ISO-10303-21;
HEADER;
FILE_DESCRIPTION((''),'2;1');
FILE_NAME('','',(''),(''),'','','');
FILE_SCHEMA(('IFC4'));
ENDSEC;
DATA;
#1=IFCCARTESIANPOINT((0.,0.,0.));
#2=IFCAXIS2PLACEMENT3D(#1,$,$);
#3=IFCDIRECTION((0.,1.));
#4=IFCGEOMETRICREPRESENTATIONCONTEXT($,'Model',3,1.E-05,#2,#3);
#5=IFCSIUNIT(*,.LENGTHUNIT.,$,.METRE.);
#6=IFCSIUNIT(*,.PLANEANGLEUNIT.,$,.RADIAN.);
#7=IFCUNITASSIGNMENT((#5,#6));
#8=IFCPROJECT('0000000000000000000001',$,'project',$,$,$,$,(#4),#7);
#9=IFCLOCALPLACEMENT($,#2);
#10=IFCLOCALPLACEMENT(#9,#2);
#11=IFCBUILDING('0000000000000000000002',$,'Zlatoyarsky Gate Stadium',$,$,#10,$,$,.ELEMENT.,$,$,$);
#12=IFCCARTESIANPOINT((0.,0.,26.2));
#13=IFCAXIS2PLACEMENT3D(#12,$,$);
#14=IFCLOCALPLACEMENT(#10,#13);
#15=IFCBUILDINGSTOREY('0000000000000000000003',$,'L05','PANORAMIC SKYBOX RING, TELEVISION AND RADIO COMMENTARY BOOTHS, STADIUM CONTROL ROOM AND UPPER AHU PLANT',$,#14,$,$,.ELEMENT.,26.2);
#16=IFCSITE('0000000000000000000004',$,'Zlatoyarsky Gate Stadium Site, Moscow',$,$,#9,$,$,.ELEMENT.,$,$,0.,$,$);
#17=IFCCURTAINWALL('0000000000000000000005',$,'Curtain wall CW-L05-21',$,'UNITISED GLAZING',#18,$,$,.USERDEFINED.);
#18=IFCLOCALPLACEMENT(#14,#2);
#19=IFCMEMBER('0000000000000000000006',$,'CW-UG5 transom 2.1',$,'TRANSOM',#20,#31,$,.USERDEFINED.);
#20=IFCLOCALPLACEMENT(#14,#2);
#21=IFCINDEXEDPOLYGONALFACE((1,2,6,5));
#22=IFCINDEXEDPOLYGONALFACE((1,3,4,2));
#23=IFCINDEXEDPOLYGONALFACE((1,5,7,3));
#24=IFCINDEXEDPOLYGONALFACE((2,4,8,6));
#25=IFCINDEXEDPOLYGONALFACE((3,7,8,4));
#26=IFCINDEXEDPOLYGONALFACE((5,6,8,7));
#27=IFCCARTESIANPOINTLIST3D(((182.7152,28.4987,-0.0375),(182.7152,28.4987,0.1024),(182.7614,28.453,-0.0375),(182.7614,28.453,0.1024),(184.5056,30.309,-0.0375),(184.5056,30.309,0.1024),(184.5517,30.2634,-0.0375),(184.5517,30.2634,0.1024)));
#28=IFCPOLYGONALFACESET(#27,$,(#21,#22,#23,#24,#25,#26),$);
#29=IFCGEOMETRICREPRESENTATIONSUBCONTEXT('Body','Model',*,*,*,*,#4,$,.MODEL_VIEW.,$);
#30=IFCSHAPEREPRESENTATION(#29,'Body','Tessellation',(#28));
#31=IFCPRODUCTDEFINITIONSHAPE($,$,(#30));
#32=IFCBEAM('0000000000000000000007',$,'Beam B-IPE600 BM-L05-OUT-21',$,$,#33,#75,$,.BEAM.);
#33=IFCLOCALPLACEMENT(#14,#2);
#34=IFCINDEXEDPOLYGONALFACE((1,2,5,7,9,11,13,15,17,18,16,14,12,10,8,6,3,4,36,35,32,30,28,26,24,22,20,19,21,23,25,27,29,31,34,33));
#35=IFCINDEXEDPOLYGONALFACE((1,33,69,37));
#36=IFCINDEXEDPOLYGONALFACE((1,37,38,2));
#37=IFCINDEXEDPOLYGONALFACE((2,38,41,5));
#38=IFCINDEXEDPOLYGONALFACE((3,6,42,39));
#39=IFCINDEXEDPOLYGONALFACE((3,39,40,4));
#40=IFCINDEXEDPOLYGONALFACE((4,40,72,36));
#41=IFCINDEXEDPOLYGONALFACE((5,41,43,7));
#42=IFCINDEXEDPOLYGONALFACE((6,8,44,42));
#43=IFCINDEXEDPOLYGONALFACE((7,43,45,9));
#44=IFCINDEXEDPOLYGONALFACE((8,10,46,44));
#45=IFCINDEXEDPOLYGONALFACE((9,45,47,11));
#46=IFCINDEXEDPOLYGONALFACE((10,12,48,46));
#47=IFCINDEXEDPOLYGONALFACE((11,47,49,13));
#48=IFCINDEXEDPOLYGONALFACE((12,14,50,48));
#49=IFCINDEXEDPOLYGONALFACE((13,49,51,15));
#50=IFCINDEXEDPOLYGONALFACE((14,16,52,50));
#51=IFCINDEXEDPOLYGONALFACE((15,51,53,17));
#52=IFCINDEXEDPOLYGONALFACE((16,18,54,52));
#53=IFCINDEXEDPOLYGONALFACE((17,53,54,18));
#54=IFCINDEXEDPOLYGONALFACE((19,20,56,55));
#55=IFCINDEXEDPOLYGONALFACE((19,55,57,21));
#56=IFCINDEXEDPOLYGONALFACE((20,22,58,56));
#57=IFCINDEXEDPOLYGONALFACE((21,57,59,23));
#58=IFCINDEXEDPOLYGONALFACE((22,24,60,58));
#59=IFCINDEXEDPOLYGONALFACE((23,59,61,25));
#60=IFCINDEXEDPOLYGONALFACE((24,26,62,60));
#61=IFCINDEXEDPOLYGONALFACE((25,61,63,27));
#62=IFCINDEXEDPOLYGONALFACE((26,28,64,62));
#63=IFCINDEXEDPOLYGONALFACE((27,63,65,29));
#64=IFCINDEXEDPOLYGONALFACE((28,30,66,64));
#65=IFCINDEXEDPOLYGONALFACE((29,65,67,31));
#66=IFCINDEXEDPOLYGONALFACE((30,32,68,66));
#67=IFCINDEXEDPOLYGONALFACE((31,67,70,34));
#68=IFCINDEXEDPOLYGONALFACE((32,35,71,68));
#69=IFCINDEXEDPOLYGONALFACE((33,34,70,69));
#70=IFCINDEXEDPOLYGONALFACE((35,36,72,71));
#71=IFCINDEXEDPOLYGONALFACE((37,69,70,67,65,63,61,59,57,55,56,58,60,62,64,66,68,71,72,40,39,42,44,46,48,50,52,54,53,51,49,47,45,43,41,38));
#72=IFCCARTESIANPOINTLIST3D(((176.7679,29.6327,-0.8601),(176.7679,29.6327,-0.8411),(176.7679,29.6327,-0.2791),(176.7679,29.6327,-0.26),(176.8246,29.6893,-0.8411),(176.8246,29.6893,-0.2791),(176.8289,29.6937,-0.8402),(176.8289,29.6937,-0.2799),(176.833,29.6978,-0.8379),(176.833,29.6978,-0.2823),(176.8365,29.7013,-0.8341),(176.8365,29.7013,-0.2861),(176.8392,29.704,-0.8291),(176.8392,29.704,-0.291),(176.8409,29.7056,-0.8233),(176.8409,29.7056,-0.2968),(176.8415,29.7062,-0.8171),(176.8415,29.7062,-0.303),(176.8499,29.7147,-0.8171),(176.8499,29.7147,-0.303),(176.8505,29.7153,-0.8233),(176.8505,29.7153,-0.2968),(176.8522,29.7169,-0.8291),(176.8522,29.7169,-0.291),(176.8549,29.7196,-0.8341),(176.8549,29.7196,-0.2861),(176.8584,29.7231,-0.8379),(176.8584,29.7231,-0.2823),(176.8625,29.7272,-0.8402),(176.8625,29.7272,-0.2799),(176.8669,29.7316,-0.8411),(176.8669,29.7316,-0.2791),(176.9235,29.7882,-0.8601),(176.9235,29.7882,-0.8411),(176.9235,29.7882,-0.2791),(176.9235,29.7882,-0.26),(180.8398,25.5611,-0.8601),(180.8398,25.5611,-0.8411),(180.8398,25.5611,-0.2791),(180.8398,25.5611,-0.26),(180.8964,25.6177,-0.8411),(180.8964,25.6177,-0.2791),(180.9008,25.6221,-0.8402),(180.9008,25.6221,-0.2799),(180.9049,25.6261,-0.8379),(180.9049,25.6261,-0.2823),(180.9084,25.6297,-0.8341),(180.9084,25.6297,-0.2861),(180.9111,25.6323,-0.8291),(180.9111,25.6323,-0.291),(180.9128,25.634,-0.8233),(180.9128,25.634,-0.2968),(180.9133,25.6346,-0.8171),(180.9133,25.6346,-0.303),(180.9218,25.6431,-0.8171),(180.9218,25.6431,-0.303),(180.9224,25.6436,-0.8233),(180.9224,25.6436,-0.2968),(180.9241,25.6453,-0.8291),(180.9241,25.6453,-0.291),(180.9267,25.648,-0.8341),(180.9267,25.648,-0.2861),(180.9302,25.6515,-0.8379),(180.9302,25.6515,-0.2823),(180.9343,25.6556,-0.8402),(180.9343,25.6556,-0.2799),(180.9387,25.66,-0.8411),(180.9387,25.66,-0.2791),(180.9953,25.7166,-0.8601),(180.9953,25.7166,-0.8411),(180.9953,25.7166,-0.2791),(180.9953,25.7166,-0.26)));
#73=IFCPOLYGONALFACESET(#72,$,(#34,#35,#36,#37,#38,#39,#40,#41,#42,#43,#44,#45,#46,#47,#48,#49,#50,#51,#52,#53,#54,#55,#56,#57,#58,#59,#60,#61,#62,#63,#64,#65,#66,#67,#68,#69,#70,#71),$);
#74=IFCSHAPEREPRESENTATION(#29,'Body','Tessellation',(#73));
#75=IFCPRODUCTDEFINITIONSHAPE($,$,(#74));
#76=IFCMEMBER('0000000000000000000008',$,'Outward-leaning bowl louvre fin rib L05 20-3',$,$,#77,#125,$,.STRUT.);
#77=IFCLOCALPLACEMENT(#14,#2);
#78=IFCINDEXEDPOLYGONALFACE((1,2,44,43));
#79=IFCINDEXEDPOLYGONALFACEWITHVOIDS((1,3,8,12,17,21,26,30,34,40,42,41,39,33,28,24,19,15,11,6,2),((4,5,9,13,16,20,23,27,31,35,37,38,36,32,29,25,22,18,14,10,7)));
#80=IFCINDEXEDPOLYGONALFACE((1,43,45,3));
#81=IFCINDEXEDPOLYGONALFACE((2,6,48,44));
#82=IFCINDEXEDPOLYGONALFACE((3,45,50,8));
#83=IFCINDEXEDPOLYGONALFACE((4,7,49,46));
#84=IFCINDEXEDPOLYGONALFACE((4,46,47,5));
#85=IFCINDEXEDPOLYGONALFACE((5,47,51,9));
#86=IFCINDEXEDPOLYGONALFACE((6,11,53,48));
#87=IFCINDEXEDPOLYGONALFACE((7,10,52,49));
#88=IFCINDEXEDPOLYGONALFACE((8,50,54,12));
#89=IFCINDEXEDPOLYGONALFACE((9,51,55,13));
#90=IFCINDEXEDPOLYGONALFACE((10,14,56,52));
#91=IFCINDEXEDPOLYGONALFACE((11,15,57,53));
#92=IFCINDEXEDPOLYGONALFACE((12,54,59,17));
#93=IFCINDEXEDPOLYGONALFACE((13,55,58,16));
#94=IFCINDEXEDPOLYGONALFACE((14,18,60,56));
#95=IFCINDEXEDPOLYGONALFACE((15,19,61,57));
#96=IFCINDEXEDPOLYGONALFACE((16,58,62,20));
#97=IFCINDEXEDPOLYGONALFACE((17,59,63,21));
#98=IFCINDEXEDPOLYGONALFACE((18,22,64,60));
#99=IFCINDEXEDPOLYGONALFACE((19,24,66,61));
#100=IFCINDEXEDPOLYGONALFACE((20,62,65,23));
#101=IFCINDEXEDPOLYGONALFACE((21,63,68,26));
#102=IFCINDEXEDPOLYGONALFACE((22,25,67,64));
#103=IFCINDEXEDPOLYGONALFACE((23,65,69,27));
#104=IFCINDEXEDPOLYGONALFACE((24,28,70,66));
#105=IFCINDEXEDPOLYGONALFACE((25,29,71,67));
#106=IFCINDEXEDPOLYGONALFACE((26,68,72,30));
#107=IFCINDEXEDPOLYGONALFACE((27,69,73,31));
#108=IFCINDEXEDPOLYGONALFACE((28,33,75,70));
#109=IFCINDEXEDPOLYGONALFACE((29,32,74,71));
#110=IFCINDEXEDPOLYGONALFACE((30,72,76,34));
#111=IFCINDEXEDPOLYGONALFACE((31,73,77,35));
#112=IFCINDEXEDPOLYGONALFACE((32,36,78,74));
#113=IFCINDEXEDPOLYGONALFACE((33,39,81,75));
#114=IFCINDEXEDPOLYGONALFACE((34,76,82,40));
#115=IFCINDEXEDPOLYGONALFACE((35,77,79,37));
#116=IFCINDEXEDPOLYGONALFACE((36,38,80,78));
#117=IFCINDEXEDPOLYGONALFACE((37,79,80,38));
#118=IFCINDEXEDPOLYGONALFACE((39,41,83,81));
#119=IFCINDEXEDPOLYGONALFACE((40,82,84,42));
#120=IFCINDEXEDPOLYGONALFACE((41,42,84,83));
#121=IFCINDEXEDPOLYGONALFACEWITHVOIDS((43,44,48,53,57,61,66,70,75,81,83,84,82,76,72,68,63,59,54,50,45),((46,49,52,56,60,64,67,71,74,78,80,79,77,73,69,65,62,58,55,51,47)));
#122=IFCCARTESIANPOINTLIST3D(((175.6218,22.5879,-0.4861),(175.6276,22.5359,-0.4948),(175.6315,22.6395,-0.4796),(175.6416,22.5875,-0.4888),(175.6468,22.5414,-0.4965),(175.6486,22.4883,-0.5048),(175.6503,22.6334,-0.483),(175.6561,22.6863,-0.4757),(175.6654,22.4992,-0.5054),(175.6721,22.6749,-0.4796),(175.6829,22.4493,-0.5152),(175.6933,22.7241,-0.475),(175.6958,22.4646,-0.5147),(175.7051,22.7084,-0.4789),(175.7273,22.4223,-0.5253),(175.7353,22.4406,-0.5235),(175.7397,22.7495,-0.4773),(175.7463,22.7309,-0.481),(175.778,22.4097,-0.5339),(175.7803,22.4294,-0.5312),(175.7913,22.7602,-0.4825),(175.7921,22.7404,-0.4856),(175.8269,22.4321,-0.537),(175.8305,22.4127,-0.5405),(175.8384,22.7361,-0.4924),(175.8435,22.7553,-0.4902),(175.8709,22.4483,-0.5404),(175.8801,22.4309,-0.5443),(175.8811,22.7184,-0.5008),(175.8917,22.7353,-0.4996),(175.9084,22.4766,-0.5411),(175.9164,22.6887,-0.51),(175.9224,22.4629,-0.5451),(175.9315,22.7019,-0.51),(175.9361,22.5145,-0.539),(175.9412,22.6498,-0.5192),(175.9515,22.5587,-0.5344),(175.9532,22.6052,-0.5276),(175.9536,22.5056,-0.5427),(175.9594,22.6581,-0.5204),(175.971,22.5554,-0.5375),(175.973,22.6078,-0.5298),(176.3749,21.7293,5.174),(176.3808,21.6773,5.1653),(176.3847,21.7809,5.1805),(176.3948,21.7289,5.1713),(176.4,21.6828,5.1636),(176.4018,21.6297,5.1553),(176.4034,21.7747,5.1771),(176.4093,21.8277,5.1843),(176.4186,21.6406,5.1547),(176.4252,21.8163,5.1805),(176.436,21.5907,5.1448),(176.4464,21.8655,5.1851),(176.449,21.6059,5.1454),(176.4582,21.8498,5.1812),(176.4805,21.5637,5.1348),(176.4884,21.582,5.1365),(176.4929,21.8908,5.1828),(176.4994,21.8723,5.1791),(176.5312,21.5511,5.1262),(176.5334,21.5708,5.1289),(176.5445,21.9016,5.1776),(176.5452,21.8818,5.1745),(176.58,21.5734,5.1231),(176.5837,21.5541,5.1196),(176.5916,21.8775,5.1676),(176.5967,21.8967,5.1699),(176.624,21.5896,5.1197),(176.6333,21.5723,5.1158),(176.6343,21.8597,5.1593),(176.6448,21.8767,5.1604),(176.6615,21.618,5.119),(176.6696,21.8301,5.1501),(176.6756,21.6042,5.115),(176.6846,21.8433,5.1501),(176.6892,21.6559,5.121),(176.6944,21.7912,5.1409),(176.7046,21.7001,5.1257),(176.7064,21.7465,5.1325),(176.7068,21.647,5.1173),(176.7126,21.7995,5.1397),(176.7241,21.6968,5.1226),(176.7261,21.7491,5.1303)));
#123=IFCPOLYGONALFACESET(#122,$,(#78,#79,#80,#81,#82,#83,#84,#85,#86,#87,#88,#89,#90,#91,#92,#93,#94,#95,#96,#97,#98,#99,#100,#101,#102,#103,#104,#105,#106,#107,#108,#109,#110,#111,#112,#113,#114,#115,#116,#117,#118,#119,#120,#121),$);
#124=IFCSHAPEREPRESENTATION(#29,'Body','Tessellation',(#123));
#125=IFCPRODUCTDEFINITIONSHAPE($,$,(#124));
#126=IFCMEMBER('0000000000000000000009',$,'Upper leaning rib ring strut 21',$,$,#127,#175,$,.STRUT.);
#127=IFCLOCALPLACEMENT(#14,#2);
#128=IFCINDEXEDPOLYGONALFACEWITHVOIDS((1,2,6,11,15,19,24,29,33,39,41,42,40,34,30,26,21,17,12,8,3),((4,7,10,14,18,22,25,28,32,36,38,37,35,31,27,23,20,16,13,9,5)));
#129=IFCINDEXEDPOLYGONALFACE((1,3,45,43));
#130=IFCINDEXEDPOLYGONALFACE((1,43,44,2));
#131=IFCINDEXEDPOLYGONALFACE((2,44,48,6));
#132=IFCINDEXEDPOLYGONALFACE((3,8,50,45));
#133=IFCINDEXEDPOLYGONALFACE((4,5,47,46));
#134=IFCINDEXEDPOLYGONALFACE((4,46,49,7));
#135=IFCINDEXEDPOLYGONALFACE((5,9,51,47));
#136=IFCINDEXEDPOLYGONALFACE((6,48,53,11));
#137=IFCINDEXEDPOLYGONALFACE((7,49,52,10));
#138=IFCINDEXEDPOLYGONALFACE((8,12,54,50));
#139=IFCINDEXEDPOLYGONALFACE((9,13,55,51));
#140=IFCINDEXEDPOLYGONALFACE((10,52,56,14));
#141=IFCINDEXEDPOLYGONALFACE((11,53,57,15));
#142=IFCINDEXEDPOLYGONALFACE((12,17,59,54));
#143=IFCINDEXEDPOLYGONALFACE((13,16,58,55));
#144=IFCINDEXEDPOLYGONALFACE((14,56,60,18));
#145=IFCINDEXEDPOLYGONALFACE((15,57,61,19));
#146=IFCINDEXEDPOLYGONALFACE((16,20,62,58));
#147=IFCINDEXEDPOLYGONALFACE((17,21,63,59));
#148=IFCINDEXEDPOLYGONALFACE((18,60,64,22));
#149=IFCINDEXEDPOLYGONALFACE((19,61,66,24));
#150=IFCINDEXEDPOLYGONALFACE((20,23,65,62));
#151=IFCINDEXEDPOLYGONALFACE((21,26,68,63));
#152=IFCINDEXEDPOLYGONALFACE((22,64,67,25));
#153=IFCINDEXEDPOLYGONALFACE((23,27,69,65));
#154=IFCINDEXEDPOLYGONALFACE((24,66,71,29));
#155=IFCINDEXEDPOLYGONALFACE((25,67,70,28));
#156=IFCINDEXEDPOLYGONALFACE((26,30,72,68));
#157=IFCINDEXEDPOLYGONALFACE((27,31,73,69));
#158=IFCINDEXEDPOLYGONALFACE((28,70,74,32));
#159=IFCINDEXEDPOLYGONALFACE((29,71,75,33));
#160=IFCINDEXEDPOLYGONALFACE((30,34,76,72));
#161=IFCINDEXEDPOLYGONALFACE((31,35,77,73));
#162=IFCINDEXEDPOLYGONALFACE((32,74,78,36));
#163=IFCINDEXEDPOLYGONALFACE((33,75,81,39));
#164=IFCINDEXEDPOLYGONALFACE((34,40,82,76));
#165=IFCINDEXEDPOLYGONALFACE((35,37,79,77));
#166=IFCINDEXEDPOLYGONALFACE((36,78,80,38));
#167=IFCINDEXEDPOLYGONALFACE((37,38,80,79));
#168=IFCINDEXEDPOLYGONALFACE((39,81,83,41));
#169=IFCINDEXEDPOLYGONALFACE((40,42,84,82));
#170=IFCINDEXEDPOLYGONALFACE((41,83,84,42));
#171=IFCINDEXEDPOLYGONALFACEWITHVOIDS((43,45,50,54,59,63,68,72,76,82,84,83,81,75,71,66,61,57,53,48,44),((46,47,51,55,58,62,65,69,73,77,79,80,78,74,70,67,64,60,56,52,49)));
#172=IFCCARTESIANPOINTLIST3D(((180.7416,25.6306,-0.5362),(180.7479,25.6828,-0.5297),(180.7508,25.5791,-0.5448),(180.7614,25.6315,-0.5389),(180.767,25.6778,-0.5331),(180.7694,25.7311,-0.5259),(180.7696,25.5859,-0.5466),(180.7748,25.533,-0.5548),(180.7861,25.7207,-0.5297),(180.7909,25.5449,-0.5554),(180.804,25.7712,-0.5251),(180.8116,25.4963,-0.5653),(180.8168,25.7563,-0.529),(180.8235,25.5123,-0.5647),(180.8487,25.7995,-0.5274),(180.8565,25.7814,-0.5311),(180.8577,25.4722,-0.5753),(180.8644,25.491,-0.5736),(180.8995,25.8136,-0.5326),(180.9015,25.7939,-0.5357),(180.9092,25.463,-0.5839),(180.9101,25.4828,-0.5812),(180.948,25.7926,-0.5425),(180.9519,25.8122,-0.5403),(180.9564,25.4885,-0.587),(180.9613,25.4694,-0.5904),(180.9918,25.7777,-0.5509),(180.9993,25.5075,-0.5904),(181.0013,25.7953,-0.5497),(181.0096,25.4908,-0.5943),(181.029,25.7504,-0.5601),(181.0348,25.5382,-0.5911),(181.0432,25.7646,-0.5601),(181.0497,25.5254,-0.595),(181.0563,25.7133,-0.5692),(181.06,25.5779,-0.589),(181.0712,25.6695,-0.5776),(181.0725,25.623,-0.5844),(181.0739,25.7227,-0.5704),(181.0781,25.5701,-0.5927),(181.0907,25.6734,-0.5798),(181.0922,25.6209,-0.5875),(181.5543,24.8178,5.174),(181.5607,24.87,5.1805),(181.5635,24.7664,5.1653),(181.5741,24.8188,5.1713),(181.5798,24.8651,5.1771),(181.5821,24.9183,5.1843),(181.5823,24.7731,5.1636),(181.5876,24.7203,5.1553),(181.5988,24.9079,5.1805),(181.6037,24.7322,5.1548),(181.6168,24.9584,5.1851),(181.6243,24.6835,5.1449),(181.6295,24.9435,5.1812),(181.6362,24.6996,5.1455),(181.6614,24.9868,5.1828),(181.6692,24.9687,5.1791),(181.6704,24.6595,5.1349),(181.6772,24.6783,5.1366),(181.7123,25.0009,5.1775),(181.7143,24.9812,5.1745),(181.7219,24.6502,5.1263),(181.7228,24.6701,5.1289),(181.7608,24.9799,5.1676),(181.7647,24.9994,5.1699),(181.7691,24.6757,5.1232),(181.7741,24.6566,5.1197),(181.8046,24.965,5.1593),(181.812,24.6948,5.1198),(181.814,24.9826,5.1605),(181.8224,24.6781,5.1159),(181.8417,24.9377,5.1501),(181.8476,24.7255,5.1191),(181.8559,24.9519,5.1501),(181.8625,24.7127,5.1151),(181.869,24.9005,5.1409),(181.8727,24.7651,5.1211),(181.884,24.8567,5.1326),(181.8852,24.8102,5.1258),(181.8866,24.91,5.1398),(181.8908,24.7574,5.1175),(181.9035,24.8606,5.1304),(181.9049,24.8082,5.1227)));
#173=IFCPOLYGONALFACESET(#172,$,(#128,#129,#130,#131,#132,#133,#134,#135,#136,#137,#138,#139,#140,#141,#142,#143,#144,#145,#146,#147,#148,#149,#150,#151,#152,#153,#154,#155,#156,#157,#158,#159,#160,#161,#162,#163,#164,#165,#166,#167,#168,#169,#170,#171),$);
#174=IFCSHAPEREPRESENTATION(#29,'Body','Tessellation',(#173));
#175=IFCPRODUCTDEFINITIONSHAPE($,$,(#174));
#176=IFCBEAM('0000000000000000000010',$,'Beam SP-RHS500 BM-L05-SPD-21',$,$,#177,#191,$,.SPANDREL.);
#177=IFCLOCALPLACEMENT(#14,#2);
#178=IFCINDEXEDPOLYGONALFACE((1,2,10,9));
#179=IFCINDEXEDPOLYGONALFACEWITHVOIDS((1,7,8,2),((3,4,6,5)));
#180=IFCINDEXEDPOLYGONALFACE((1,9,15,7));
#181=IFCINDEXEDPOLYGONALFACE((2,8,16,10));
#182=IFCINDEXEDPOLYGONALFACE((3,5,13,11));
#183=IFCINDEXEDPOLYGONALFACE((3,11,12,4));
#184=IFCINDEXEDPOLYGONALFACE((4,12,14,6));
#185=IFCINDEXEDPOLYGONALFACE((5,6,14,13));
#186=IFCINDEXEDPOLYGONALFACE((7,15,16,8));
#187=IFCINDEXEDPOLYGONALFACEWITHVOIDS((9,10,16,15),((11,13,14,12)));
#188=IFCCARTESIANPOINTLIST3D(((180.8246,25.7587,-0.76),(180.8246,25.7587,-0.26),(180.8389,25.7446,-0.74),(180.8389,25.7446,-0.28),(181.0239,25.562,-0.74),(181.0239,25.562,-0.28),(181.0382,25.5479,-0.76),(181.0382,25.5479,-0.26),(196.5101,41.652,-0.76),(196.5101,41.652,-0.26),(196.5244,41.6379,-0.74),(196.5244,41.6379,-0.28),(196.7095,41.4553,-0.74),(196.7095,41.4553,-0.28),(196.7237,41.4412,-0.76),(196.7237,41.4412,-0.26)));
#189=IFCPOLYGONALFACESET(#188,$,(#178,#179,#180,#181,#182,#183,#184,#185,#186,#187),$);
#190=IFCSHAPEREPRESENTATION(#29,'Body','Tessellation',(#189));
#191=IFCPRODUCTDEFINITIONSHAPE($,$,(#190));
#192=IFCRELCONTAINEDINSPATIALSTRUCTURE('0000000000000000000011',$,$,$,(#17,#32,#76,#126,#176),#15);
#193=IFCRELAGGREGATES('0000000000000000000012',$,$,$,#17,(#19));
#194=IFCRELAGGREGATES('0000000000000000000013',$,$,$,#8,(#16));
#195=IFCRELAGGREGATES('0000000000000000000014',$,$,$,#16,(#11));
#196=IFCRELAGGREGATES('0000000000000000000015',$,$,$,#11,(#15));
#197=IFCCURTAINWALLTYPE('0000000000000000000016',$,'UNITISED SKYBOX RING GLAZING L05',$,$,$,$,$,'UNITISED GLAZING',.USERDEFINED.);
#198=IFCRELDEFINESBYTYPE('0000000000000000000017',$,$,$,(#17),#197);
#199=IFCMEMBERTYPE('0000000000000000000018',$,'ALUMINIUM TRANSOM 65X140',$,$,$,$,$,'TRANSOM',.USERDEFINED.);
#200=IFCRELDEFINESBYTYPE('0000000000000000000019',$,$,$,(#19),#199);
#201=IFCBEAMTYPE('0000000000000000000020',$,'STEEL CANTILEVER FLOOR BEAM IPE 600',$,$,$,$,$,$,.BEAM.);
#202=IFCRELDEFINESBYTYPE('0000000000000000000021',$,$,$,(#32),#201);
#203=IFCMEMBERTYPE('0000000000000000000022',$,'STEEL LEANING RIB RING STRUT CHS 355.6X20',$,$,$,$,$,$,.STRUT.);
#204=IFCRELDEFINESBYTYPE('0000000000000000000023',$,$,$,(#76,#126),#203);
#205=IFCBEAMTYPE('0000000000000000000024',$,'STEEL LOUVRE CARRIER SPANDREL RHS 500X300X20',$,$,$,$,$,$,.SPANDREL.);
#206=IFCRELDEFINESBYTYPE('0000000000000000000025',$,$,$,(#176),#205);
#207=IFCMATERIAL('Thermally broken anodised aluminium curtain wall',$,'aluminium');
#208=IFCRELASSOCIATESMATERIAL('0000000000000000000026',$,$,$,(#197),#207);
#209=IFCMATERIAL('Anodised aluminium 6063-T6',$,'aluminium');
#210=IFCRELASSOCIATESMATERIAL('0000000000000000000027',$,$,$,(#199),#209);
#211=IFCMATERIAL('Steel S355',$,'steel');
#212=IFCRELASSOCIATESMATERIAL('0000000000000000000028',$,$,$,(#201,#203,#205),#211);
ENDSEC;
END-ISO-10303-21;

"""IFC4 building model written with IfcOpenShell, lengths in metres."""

from ifc_helpers import new_model, si_unit, direction, frame, origin, origin_2d, place, context, subcontext, project, spatial, rectangle, hollow_rectangle, hollow_circle, i_section, extrude, material, material_profile, profile_set, type_object, element, aggregate, save


model = new_model("IFC4")

# Units and contexts
model_context = context("Model", 3, precision=1e-05, world=origin(), true_north=direction((0.0, 1.0)))
body_context = subcontext(model_context, "Body", "Model", "MODEL_VIEW")
ifc_project = project(units=[si_unit("LENGTHUNIT", "METRE"), si_unit("PLANEANGLEUNIT", "RADIAN")], contexts=[model_context])

# Site, building, storey
site_placement = place(None, origin())
site = spatial("IfcSite", under=ifc_project, at=site_placement, Name="Zlatoyarsky Gate Stadium Site, Moscow", CompositionType="ELEMENT", RefElevation=0.0)
building_placement = place(site_placement, origin())
building = spatial("IfcBuilding", under=site, at=building_placement, Name="Zlatoyarsky Gate Stadium", CompositionType="ELEMENT")
storey_placement = place(building_placement, frame((0.0, 0.0, 26.2)))
storey = spatial("IfcBuildingStorey", under=building, at=storey_placement, Name="L05", Description="PANORAMIC SKYBOX RING, TELEVISION AND RADIO COMMENTARY BOOTHS, STADIUM CONTROL ROOM AND UPPER AHU PLANT", CompositionType="ELEMENT", Elevation=26.2)

# Shared definitions
ifc_material_1 = material(Name="Steel S355", Category="steel")

# Curtain wall
ifc_material_2 = material(Name="Thermally broken anodised aluminium curtain wall", Category="aluminium")
curtain_wall_type = type_object("IfcCurtainWallType", Name="UNITISED SKYBOX RING GLAZING L05", ElementType="UNITISED GLAZING", PredefinedType="USERDEFINED", material=ifc_material_2)
ifc_material_3 = material(Name="Anodised aluminium 6063-T6", Category="aluminium")
curtain_wall_1_placement = place(storey_placement, origin())
curtain_wall_1 = element("IfcCurtainWall", 1, at=curtain_wall_1_placement, inside=storey, type_object=curtain_wall_type, Name="Curtain wall CW-L05-21", ObjectType="UNITISED GLAZING", PredefinedType="USERDEFINED")

# Member
ifc_material_profile_1 = material_profile(ifc_material_3, rectangle(XDim=0.0649, YDim=0.1399, at=origin_2d()), Name="ALU 65X140")
ifc_profile_set_1 = profile_set([ifc_material_profile_1], Name="Anodised aluminium 6063-T6")
member_type_1 = type_object("IfcMemberType", Name="ALUMINIUM TRANSOM 65X140", ElementType="TRANSOM", PredefinedType="USERDEFINED", material=ifc_profile_set_1)
member_1_placement = place(storey_placement, frame((182.7383, 28.4758, 0.0325), z_axis=(0.703164, 0.711027, 0.0), x_axis=(-0.711027, 0.703164, 0.0)))
member_1 = element("IfcMember", 2, at=member_1_placement, type_object=member_type_1, Name="CW-UG5 transom 2.1", ObjectType="TRANSOM", PredefinedType="USERDEFINED", context=body_context, shape_type="SweptSolid", body=[
    extrude(rectangle(XDim=0.0649, YDim=0.1399, at=origin_2d()), origin(), (0.0, 0.0, 1.0), 2.5461),
])

# Beam
ifc_material_profile_2 = material_profile(ifc_material_1, i_section(OverallWidth=0.22, OverallDepth=0.6001, WebThickness=0.012, FlangeThickness=0.019, FilletRadius=0.0239, at=origin_2d()), Name="IPE 600")
ifc_profile_set_2 = profile_set([ifc_material_profile_2], Name="Steel S355")
beam_type_1 = type_object("IfcBeamType", Name="STEEL CANTILEVER FLOOR BEAM IPE 600", PredefinedType="BEAM", material=ifc_profile_set_2)
beam_1_placement = place(storey_placement, frame((176.8457, 29.7104, -0.5601), z_axis=(0.707128, -0.707086, 0.0), x_axis=(0.707086, 0.707128, 0.0)))
element("IfcBeam", 3, at=beam_1_placement, inside=storey, type_object=beam_type_1, Name="Beam B-IPE600 BM-L05-OUT-21", PredefinedType="BEAM", context=body_context, shape_type="SweptSolid", body=[
    extrude(i_section(OverallWidth=0.22, OverallDepth=0.6001, WebThickness=0.012, FlangeThickness=0.019, FilletRadius=0.0239, at=origin_2d()), origin(), (0.0, 0.0, 1.0), 5.7583),
])

# Members
ifc_material_profile_3 = material_profile(ifc_material_1, hollow_circle(Radius=0.1777, WallThickness=0.02, at=origin_2d()), Name="CHS 355.6X20")
ifc_profile_set_3 = profile_set([ifc_material_profile_3], Name="Steel S355")
member_type_2 = type_object("IfcMemberType", Name="STEEL LEANING RIB RING STRUT CHS 355.6X20", PredefinedType="STRUT", material=ifc_profile_set_3)
member_2_placement = place(storey_placement, frame((175.7979, 22.5847, -0.51), z_axis=(0.130437, -0.148702, 0.980242), x_axis=(0.751768, 0.659427, 0.0)))
element("IfcMember", 4, at=member_2_placement, inside=storey, type_object=member_type_2, Name="Outward-leaning bowl louvre fin rib L05 20-3", PredefinedType="STRUT", context=body_context, shape_type="SweptSolid", body=[
    extrude(hollow_circle(Radius=0.1777, WallThickness=0.02, at=origin_2d()), origin(), (0.0, 0.0, 1.0), 5.7742),
])
member_3_placement = place(storey_placement, frame((180.9175, 25.6389, -0.5601), z_axis=(0.139533, -0.139533, 0.980337), x_axis=(0.707107, 0.707107, 0.0)))
element("IfcMember", 5, at=member_3_placement, inside=storey, type_object=member_type_2, Name="Upper leaning rib ring strut 21", PredefinedType="STRUT", context=body_context, shape_type="SweptSolid", body=[
    extrude(hollow_circle(Radius=0.1777, WallThickness=0.02, at=origin_2d()), origin(), (0.0, 0.0, 1.0), 5.8247),
])

# Beam
ifc_material_profile_4 = material_profile(ifc_material_1, hollow_rectangle(XDim=0.3, YDim=0.5, WallThickness=0.02, at=origin_2d()), Name="RHS 500X300X20")
ifc_profile_set_4 = profile_set([ifc_material_profile_4], Name="Steel S355")
beam_type_2 = type_object("IfcBeamType", Name="STEEL LOUVRE CARRIER SPANDREL RHS 500X300X20", PredefinedType="SPANDREL", material=ifc_profile_set_4)
beam_2_placement = place(storey_placement, frame((180.9314, 25.6533, -0.51), z_axis=(0.702439, 0.711744, 0.0), x_axis=(-0.711744, 0.702439, 0.0)))
element("IfcBeam", 6, at=beam_2_placement, inside=storey, type_object=beam_type_2, Name="Beam SP-RHS500 BM-L05-SPD-21", PredefinedType="SPANDREL", context=body_context, shape_type="SweptSolid", body=[
    extrude(hollow_rectangle(XDim=0.3, YDim=0.5, WallThickness=0.02, at=origin_2d()), origin(), (0.0, 0.0, 1.0), 22.3301),
])

aggregate(curtain_wall_1, [member_1])

save(model, "model.ifc")
